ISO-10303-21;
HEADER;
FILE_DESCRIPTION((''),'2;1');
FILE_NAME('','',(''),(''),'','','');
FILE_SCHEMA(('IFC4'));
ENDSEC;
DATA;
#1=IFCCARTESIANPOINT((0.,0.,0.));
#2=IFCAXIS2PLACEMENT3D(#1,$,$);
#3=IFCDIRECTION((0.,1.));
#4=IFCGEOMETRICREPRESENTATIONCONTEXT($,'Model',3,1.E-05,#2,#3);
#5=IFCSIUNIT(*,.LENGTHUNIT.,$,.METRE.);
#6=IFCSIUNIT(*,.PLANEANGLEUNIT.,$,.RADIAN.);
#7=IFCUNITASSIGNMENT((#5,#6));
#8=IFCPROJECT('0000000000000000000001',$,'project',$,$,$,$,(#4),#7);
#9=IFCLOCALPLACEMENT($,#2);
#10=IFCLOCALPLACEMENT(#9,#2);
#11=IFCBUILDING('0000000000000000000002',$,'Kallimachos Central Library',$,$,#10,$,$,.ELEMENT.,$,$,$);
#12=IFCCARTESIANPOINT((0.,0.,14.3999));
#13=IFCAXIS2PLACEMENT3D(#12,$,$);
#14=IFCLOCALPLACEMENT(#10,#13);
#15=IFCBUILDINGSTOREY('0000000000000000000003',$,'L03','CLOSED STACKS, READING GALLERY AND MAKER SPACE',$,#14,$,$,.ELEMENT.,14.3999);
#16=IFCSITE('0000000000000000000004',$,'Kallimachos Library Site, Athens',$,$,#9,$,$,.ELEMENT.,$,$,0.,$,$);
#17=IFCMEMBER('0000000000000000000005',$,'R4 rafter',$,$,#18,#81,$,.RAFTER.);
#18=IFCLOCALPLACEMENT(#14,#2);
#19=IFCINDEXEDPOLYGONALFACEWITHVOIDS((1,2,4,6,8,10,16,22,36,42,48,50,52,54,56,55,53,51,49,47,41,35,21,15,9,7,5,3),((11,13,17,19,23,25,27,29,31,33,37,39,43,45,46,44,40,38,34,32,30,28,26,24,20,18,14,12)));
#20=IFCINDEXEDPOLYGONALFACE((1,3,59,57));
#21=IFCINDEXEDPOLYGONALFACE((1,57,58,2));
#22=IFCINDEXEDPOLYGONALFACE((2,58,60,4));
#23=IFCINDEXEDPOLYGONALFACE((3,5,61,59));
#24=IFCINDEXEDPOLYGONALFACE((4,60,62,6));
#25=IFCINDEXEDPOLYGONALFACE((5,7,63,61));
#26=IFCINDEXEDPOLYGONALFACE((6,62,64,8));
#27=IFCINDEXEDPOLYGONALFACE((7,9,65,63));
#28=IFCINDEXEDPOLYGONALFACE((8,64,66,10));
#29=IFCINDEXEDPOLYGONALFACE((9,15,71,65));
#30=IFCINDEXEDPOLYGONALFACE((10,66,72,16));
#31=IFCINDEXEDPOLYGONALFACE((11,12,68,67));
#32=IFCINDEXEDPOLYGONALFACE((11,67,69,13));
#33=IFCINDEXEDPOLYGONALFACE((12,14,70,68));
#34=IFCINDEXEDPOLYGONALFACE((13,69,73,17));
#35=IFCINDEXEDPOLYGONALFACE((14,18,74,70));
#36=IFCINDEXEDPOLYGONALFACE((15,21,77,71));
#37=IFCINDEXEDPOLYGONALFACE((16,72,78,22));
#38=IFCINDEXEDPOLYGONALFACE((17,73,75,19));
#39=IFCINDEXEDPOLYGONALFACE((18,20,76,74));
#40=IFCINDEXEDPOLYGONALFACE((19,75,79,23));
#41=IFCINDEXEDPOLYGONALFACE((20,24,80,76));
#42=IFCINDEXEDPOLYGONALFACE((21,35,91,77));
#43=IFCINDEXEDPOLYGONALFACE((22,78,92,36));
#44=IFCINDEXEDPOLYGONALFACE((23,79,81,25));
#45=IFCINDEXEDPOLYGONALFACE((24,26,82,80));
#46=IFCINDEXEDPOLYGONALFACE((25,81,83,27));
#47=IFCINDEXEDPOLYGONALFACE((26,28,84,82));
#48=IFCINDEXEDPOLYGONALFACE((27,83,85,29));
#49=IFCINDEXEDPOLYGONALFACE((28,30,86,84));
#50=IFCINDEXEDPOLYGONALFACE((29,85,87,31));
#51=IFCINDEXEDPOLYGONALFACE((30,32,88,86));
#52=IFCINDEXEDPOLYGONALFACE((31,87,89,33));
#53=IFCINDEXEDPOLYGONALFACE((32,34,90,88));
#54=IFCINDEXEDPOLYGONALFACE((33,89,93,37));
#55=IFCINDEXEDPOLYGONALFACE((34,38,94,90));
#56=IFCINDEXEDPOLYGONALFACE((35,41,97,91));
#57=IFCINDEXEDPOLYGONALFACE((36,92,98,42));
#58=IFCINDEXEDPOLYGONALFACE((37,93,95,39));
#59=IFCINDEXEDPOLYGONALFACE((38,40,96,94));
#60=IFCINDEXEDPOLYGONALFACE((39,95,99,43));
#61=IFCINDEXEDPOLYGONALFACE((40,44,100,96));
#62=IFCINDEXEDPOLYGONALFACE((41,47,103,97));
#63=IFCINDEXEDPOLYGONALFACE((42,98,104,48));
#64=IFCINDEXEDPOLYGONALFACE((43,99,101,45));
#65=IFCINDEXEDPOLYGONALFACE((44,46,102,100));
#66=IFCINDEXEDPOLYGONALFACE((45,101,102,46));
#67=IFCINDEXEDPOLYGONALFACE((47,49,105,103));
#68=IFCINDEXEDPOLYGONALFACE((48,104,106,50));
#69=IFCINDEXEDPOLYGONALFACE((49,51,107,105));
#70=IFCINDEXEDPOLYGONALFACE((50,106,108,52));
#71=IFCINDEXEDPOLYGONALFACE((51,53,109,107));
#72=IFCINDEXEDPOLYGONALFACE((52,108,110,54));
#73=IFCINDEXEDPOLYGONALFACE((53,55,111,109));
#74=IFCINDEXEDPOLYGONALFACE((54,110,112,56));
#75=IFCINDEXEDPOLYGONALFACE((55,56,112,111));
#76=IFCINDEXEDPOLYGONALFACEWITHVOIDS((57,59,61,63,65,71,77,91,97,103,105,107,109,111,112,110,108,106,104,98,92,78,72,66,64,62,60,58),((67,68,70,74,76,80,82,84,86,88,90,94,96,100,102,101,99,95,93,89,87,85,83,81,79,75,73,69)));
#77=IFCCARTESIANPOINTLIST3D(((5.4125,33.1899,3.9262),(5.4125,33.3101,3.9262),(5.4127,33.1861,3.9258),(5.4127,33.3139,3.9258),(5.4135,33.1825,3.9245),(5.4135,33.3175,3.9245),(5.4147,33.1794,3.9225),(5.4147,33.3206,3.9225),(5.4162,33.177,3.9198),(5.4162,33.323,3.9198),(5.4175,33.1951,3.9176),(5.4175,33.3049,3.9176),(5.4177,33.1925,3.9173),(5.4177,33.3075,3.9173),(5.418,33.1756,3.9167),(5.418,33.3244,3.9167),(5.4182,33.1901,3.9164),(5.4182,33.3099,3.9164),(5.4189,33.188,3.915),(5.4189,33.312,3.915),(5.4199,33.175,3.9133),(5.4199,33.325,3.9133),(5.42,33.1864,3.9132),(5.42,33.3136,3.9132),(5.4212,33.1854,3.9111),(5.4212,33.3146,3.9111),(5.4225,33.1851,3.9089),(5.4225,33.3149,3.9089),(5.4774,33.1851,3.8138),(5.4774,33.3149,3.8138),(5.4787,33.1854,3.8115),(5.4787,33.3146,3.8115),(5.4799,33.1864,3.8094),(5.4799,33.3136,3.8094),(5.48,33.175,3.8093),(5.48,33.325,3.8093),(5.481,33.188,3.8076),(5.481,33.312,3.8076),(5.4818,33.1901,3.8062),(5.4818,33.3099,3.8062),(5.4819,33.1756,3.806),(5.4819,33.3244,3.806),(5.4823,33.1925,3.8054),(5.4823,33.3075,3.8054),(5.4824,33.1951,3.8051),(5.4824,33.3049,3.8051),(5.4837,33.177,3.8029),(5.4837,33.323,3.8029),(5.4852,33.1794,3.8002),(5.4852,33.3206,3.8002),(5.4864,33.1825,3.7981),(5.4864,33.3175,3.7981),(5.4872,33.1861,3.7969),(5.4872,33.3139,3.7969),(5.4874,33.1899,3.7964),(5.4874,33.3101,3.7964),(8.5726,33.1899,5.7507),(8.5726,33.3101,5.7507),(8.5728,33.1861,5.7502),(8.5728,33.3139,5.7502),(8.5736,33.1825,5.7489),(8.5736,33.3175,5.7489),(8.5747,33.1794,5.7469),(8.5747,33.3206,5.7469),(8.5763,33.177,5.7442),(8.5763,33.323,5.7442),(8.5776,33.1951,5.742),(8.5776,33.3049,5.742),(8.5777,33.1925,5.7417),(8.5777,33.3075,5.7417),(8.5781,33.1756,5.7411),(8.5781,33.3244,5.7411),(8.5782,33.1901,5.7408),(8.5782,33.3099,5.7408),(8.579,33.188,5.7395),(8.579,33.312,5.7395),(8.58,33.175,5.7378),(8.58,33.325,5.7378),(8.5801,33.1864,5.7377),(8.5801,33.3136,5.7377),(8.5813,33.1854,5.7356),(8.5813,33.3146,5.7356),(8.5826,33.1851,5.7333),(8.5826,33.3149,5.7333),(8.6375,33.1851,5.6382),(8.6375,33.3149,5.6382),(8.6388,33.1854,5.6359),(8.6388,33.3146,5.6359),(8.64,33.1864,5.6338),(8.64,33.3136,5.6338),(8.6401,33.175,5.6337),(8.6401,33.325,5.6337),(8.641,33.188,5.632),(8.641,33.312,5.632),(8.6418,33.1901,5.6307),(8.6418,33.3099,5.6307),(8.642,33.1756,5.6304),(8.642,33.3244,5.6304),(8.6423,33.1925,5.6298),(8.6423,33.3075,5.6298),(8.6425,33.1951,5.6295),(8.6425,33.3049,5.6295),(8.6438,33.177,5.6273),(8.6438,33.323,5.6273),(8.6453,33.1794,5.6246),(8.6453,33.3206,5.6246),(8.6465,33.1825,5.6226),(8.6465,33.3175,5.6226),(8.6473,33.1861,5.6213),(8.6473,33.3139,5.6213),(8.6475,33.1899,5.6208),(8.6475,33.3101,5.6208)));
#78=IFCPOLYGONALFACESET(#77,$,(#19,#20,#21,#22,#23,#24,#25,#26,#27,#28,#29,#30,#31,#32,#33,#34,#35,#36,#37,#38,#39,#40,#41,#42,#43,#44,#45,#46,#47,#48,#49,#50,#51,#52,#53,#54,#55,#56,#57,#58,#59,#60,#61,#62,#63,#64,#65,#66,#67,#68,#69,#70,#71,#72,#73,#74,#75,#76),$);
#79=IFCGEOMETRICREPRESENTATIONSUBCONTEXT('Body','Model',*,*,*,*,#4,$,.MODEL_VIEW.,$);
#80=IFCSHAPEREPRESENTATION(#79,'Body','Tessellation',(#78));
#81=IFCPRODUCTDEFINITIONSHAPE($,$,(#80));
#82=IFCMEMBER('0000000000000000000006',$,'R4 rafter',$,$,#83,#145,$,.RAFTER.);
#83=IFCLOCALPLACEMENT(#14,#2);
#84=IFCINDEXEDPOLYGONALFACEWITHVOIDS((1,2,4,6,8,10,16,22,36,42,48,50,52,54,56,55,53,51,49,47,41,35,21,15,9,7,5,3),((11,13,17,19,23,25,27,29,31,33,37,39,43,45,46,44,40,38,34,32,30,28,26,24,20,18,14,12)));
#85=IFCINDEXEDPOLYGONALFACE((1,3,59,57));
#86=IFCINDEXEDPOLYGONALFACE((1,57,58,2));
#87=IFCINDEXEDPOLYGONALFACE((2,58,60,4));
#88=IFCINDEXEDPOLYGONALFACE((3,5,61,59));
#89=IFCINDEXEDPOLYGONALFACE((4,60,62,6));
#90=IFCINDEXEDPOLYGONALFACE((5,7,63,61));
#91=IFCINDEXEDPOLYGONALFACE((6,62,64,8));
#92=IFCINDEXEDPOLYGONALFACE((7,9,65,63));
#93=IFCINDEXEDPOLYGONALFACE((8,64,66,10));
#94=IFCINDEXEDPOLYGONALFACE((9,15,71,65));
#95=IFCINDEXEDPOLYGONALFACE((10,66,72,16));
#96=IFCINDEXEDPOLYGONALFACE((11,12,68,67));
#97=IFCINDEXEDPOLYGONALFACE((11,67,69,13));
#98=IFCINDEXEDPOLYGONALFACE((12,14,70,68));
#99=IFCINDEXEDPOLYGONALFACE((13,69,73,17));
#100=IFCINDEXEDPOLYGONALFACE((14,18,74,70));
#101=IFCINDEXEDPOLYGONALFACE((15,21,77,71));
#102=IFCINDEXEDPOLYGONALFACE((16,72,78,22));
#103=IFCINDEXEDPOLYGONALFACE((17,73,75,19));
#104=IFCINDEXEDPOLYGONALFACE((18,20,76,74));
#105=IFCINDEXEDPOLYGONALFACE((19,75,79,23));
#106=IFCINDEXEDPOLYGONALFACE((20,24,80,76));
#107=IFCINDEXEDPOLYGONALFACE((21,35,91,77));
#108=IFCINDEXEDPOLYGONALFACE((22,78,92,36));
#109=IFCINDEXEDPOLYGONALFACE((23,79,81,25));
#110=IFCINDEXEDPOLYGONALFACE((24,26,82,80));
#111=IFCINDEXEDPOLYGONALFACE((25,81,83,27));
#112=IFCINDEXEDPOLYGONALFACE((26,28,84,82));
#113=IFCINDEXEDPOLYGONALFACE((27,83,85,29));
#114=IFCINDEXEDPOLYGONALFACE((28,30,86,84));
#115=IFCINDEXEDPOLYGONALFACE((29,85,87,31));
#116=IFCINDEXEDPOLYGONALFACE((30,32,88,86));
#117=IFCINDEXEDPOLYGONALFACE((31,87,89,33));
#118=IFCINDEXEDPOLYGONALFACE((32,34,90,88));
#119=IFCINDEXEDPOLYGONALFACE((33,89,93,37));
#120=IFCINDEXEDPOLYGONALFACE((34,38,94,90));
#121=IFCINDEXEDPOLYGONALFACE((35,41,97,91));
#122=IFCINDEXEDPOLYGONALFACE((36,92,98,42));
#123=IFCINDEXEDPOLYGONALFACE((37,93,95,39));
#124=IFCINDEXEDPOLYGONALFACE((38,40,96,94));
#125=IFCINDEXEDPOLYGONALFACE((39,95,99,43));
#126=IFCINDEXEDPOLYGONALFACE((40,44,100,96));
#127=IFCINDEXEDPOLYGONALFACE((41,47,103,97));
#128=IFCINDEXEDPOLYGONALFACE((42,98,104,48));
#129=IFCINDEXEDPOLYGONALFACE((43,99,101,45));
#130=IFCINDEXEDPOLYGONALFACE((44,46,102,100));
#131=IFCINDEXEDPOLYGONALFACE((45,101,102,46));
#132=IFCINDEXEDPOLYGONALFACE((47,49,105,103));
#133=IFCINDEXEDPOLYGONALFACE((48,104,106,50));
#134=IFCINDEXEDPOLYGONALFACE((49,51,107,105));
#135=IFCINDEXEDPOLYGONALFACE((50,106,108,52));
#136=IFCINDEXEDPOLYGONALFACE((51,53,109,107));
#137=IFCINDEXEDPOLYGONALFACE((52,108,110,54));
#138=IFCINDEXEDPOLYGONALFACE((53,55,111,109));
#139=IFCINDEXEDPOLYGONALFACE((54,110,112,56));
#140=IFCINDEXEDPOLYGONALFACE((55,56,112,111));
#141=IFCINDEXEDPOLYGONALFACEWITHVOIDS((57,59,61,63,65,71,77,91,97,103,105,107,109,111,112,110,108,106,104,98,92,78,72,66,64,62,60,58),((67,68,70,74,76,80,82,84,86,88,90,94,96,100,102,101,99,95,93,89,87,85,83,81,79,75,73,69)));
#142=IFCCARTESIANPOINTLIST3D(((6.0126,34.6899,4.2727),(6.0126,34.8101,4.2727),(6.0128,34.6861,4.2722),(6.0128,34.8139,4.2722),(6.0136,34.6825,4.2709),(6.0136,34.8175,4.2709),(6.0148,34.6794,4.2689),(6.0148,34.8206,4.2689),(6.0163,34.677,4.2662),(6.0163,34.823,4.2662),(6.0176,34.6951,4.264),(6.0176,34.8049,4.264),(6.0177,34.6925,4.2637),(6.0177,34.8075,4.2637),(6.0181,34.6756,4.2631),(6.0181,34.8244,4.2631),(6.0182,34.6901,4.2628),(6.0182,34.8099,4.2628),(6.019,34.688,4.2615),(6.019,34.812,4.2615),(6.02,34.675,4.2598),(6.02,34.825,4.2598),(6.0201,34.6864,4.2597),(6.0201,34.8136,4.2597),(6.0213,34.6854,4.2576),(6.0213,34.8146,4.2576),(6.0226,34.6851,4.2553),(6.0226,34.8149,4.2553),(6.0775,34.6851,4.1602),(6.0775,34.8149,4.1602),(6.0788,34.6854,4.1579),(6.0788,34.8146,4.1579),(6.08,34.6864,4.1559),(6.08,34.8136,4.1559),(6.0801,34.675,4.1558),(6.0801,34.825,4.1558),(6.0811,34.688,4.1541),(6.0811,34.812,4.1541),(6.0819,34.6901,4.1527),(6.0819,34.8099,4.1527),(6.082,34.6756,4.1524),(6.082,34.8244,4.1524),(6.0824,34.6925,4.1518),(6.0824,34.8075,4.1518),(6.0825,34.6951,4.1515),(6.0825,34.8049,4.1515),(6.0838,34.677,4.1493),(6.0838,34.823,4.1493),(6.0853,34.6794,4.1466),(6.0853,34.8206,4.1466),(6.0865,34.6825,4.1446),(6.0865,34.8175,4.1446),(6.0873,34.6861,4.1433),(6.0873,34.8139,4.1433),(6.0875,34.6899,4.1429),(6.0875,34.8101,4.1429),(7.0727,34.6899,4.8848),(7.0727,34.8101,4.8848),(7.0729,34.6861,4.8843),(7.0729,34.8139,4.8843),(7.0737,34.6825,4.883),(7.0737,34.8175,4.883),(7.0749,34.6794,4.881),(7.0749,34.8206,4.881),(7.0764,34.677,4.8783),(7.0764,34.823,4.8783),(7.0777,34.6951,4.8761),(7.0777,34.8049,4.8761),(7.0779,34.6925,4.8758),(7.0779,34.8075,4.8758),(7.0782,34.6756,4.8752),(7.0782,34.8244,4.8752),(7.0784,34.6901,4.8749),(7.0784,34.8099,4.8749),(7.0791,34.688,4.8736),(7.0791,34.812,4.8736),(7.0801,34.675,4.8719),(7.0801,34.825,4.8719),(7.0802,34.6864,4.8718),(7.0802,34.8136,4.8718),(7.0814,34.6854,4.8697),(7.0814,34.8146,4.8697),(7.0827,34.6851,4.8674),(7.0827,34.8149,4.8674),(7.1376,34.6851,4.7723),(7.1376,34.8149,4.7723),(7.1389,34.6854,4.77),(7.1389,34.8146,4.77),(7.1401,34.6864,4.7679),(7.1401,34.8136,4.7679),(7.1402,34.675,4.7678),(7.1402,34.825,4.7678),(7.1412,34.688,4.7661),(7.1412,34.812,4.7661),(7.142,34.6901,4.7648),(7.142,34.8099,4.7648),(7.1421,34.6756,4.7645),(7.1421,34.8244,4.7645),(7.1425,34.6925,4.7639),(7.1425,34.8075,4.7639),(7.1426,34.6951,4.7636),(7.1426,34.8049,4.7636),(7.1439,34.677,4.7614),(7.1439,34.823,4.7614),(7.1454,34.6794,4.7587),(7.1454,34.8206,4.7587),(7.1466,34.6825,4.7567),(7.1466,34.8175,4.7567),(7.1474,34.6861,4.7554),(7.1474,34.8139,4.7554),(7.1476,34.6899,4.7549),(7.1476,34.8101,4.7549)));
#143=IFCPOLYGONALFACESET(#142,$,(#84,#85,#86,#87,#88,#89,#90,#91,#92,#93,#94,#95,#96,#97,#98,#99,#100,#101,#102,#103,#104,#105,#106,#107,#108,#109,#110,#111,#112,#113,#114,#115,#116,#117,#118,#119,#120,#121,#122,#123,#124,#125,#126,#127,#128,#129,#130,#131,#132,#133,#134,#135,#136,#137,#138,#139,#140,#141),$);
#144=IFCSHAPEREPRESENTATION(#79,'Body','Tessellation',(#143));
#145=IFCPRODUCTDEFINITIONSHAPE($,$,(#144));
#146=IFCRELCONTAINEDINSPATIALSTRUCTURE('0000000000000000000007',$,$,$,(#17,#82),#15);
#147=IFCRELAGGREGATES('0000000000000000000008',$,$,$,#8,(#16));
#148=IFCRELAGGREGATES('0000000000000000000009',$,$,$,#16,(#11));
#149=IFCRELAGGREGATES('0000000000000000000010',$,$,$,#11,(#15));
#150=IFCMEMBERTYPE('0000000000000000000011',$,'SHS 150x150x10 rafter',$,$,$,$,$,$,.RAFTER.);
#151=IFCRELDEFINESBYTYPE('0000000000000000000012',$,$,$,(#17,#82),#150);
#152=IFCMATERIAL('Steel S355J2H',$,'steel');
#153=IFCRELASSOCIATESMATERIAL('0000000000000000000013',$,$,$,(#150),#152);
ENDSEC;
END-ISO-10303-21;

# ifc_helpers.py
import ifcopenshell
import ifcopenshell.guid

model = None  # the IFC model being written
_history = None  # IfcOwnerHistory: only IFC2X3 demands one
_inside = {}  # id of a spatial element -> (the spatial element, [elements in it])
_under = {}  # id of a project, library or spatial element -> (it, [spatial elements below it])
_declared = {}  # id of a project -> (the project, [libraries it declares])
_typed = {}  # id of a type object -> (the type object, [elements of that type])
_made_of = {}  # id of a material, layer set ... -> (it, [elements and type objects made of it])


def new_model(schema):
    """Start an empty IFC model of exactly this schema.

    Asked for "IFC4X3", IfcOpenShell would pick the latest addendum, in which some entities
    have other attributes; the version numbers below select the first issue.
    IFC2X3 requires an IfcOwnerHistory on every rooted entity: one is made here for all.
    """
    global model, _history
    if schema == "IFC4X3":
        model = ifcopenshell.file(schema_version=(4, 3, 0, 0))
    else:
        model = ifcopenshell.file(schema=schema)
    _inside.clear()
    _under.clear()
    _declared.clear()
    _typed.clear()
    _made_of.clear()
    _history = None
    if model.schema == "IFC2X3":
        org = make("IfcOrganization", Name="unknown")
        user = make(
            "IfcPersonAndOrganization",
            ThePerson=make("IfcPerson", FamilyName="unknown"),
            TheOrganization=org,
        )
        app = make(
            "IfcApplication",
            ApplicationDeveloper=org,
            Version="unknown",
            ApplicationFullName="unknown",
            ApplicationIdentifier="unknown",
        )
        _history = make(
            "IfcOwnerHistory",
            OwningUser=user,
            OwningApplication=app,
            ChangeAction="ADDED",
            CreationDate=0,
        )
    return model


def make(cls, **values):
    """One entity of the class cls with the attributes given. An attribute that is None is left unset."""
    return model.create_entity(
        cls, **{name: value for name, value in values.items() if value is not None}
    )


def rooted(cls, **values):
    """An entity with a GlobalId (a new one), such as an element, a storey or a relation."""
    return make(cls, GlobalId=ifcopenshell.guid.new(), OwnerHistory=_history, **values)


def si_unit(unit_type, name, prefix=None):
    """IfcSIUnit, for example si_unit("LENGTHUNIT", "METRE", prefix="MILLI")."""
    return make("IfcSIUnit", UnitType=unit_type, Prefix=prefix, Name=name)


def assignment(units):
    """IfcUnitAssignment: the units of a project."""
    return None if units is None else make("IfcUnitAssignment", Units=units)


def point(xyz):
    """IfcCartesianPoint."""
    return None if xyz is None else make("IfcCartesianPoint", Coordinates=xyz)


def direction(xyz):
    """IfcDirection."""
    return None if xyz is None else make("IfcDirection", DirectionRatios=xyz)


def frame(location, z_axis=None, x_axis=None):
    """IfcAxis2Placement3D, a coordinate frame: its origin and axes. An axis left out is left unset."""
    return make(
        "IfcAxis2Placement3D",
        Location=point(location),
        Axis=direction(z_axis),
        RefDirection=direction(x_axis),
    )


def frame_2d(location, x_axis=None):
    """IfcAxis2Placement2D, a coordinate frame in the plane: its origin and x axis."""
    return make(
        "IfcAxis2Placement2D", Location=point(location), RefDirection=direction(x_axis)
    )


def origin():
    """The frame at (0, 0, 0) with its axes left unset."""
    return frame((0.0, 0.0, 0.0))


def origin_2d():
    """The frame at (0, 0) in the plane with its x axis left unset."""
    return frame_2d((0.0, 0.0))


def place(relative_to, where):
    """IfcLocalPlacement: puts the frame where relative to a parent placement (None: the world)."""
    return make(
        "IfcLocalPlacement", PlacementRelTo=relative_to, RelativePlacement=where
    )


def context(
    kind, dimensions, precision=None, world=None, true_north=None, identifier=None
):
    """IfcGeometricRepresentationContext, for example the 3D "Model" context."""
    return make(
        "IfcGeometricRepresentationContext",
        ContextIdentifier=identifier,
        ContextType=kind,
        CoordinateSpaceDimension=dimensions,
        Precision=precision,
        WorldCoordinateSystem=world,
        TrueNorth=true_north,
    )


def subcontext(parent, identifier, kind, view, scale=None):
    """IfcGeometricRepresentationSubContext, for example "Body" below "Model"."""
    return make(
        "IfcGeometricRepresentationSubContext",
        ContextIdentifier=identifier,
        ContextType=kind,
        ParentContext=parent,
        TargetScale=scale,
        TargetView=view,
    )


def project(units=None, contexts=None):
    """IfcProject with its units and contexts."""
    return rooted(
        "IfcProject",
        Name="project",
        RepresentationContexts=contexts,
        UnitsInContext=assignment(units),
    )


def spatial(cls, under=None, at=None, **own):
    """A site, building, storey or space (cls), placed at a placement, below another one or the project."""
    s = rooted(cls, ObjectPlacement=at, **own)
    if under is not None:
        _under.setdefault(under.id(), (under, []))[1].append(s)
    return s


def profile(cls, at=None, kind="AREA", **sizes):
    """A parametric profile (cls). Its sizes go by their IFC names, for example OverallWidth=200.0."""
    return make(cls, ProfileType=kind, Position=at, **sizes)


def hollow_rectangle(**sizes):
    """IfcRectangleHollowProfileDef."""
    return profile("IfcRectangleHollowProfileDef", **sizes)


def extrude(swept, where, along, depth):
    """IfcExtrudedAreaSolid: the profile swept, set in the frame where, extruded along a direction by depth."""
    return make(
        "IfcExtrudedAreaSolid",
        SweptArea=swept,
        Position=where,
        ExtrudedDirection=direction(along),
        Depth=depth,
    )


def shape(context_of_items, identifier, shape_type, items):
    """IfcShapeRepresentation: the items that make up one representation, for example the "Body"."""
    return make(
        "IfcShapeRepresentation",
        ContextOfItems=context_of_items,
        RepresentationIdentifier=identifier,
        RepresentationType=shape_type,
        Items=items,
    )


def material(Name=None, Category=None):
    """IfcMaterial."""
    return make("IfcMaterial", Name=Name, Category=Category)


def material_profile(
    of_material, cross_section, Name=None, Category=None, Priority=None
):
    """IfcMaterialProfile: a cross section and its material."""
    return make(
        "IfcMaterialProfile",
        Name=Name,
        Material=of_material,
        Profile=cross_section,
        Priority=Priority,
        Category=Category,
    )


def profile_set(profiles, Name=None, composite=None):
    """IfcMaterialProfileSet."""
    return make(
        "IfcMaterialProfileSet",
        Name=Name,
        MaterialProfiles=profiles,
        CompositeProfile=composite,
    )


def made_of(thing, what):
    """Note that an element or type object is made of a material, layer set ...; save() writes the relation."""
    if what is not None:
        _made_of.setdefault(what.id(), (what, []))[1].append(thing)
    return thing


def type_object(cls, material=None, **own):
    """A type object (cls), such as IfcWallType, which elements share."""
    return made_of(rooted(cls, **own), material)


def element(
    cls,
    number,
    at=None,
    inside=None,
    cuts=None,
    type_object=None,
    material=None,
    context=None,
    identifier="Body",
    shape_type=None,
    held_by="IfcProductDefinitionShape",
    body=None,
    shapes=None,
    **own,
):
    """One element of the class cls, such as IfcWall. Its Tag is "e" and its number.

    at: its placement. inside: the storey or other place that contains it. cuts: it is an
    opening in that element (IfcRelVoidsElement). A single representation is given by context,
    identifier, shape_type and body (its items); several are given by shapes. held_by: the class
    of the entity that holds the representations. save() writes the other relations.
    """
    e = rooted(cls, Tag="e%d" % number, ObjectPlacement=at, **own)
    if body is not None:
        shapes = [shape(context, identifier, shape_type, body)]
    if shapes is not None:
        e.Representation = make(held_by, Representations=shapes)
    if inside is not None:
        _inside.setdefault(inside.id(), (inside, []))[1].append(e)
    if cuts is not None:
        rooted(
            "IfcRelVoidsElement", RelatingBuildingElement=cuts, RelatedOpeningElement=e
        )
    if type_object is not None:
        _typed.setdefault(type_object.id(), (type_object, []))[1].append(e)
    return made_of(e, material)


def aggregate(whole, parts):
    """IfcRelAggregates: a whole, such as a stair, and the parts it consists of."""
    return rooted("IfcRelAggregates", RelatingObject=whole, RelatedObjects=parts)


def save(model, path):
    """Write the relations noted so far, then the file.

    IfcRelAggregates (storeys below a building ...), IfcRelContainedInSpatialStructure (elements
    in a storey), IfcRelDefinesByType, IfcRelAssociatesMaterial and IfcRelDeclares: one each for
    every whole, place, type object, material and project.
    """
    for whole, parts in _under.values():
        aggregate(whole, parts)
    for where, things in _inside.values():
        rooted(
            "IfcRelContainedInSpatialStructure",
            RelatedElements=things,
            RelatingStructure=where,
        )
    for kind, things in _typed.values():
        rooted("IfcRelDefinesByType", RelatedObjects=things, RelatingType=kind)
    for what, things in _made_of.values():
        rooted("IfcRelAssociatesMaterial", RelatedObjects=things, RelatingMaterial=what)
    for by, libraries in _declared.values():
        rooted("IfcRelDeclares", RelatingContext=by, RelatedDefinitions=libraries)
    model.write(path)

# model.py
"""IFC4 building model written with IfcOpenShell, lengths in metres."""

from ifc_helpers import new_model, si_unit, direction, frame, origin, origin_2d, place, context, subcontext, project, spatial, hollow_rectangle, extrude, material, material_profile, profile_set, type_object, element, save


model = new_model("IFC4")

# Units and contexts
model_context = context("Model", 3, precision=1e-05, world=origin(), true_north=direction((0.0, 1.0)))
body_context = subcontext(model_context, "Body", "Model", "MODEL_VIEW")
ifc_project = project(units=[si_unit("LENGTHUNIT", "METRE"), si_unit("PLANEANGLEUNIT", "RADIAN")], contexts=[model_context])

# Site, building, storey
site_placement = place(None, origin())
site = spatial("IfcSite", under=ifc_project, at=site_placement, Name="Kallimachos Library Site, Athens", CompositionType="ELEMENT", RefElevation=0.0)
building_placement = place(site_placement, origin())
building = spatial("IfcBuilding", under=site, at=building_placement, Name="Kallimachos Central Library", CompositionType="ELEMENT")
storey_placement = place(building_placement, frame((0.0, 0.0, 14.3999)))
storey = spatial("IfcBuildingStorey", under=building, at=storey_placement, Name="L03", Description="CLOSED STACKS, READING GALLERY AND MAKER SPACE", CompositionType="ELEMENT", Elevation=14.3999)

# Members
ifc_material_1 = material(Name="Steel S355J2H", Category="steel")
ifc_material_profile_1 = material_profile(ifc_material_1, hollow_rectangle(XDim=0.1499, YDim=0.1499, WallThickness=0.01, InnerFilletRadius=0.01, OuterFilletRadius=0.0149, at=origin_2d()), Name="SHS 150x150x10")
ifc_profile_set_1 = profile_set([ifc_material_profile_1], Name="Steel S355J2H")
member_type_1 = type_object("IfcMemberType", Name="SHS 150x150x10 rafter", PredefinedType="RAFTER", material=ifc_profile_set_1)
member_1_placement = place(storey_placement, frame((5.45, 33.25, 3.8613), z_axis=(0.866032, 0.0, 0.499989), x_axis=(0.0, 1.0, 0.0)))
element("IfcMember", 1, at=member_1_placement, inside=storey, type_object=member_type_1, Name="R4 rafter", PredefinedType="RAFTER", context=body_context, shape_type="SweptSolid", body=[
    extrude(hollow_rectangle(XDim=0.1499, YDim=0.1499, WallThickness=0.01, InnerFilletRadius=0.01, OuterFilletRadius=0.0149, at=origin_2d()), origin(), (0.0, 0.0, 1.0), 3.6489),
])
member_2_placement = place(storey_placement, frame((6.05, 34.75, 4.2078), z_axis=(0.866013, 0.0, 0.500022), x_axis=(0.0, 1.0, 0.0)))
element("IfcMember", 2, at=member_2_placement, inside=storey, type_object=member_type_1, Name="R4 rafter", PredefinedType="RAFTER", context=body_context, shape_type="SweptSolid", body=[
    extrude(hollow_rectangle(XDim=0.1499, YDim=0.1499, WallThickness=0.01, InnerFilletRadius=0.01, OuterFilletRadius=0.0149, at=origin_2d()), origin(), (0.0, 0.0, 1.0), 1.2241),
])

save(model, "model.ifc")
